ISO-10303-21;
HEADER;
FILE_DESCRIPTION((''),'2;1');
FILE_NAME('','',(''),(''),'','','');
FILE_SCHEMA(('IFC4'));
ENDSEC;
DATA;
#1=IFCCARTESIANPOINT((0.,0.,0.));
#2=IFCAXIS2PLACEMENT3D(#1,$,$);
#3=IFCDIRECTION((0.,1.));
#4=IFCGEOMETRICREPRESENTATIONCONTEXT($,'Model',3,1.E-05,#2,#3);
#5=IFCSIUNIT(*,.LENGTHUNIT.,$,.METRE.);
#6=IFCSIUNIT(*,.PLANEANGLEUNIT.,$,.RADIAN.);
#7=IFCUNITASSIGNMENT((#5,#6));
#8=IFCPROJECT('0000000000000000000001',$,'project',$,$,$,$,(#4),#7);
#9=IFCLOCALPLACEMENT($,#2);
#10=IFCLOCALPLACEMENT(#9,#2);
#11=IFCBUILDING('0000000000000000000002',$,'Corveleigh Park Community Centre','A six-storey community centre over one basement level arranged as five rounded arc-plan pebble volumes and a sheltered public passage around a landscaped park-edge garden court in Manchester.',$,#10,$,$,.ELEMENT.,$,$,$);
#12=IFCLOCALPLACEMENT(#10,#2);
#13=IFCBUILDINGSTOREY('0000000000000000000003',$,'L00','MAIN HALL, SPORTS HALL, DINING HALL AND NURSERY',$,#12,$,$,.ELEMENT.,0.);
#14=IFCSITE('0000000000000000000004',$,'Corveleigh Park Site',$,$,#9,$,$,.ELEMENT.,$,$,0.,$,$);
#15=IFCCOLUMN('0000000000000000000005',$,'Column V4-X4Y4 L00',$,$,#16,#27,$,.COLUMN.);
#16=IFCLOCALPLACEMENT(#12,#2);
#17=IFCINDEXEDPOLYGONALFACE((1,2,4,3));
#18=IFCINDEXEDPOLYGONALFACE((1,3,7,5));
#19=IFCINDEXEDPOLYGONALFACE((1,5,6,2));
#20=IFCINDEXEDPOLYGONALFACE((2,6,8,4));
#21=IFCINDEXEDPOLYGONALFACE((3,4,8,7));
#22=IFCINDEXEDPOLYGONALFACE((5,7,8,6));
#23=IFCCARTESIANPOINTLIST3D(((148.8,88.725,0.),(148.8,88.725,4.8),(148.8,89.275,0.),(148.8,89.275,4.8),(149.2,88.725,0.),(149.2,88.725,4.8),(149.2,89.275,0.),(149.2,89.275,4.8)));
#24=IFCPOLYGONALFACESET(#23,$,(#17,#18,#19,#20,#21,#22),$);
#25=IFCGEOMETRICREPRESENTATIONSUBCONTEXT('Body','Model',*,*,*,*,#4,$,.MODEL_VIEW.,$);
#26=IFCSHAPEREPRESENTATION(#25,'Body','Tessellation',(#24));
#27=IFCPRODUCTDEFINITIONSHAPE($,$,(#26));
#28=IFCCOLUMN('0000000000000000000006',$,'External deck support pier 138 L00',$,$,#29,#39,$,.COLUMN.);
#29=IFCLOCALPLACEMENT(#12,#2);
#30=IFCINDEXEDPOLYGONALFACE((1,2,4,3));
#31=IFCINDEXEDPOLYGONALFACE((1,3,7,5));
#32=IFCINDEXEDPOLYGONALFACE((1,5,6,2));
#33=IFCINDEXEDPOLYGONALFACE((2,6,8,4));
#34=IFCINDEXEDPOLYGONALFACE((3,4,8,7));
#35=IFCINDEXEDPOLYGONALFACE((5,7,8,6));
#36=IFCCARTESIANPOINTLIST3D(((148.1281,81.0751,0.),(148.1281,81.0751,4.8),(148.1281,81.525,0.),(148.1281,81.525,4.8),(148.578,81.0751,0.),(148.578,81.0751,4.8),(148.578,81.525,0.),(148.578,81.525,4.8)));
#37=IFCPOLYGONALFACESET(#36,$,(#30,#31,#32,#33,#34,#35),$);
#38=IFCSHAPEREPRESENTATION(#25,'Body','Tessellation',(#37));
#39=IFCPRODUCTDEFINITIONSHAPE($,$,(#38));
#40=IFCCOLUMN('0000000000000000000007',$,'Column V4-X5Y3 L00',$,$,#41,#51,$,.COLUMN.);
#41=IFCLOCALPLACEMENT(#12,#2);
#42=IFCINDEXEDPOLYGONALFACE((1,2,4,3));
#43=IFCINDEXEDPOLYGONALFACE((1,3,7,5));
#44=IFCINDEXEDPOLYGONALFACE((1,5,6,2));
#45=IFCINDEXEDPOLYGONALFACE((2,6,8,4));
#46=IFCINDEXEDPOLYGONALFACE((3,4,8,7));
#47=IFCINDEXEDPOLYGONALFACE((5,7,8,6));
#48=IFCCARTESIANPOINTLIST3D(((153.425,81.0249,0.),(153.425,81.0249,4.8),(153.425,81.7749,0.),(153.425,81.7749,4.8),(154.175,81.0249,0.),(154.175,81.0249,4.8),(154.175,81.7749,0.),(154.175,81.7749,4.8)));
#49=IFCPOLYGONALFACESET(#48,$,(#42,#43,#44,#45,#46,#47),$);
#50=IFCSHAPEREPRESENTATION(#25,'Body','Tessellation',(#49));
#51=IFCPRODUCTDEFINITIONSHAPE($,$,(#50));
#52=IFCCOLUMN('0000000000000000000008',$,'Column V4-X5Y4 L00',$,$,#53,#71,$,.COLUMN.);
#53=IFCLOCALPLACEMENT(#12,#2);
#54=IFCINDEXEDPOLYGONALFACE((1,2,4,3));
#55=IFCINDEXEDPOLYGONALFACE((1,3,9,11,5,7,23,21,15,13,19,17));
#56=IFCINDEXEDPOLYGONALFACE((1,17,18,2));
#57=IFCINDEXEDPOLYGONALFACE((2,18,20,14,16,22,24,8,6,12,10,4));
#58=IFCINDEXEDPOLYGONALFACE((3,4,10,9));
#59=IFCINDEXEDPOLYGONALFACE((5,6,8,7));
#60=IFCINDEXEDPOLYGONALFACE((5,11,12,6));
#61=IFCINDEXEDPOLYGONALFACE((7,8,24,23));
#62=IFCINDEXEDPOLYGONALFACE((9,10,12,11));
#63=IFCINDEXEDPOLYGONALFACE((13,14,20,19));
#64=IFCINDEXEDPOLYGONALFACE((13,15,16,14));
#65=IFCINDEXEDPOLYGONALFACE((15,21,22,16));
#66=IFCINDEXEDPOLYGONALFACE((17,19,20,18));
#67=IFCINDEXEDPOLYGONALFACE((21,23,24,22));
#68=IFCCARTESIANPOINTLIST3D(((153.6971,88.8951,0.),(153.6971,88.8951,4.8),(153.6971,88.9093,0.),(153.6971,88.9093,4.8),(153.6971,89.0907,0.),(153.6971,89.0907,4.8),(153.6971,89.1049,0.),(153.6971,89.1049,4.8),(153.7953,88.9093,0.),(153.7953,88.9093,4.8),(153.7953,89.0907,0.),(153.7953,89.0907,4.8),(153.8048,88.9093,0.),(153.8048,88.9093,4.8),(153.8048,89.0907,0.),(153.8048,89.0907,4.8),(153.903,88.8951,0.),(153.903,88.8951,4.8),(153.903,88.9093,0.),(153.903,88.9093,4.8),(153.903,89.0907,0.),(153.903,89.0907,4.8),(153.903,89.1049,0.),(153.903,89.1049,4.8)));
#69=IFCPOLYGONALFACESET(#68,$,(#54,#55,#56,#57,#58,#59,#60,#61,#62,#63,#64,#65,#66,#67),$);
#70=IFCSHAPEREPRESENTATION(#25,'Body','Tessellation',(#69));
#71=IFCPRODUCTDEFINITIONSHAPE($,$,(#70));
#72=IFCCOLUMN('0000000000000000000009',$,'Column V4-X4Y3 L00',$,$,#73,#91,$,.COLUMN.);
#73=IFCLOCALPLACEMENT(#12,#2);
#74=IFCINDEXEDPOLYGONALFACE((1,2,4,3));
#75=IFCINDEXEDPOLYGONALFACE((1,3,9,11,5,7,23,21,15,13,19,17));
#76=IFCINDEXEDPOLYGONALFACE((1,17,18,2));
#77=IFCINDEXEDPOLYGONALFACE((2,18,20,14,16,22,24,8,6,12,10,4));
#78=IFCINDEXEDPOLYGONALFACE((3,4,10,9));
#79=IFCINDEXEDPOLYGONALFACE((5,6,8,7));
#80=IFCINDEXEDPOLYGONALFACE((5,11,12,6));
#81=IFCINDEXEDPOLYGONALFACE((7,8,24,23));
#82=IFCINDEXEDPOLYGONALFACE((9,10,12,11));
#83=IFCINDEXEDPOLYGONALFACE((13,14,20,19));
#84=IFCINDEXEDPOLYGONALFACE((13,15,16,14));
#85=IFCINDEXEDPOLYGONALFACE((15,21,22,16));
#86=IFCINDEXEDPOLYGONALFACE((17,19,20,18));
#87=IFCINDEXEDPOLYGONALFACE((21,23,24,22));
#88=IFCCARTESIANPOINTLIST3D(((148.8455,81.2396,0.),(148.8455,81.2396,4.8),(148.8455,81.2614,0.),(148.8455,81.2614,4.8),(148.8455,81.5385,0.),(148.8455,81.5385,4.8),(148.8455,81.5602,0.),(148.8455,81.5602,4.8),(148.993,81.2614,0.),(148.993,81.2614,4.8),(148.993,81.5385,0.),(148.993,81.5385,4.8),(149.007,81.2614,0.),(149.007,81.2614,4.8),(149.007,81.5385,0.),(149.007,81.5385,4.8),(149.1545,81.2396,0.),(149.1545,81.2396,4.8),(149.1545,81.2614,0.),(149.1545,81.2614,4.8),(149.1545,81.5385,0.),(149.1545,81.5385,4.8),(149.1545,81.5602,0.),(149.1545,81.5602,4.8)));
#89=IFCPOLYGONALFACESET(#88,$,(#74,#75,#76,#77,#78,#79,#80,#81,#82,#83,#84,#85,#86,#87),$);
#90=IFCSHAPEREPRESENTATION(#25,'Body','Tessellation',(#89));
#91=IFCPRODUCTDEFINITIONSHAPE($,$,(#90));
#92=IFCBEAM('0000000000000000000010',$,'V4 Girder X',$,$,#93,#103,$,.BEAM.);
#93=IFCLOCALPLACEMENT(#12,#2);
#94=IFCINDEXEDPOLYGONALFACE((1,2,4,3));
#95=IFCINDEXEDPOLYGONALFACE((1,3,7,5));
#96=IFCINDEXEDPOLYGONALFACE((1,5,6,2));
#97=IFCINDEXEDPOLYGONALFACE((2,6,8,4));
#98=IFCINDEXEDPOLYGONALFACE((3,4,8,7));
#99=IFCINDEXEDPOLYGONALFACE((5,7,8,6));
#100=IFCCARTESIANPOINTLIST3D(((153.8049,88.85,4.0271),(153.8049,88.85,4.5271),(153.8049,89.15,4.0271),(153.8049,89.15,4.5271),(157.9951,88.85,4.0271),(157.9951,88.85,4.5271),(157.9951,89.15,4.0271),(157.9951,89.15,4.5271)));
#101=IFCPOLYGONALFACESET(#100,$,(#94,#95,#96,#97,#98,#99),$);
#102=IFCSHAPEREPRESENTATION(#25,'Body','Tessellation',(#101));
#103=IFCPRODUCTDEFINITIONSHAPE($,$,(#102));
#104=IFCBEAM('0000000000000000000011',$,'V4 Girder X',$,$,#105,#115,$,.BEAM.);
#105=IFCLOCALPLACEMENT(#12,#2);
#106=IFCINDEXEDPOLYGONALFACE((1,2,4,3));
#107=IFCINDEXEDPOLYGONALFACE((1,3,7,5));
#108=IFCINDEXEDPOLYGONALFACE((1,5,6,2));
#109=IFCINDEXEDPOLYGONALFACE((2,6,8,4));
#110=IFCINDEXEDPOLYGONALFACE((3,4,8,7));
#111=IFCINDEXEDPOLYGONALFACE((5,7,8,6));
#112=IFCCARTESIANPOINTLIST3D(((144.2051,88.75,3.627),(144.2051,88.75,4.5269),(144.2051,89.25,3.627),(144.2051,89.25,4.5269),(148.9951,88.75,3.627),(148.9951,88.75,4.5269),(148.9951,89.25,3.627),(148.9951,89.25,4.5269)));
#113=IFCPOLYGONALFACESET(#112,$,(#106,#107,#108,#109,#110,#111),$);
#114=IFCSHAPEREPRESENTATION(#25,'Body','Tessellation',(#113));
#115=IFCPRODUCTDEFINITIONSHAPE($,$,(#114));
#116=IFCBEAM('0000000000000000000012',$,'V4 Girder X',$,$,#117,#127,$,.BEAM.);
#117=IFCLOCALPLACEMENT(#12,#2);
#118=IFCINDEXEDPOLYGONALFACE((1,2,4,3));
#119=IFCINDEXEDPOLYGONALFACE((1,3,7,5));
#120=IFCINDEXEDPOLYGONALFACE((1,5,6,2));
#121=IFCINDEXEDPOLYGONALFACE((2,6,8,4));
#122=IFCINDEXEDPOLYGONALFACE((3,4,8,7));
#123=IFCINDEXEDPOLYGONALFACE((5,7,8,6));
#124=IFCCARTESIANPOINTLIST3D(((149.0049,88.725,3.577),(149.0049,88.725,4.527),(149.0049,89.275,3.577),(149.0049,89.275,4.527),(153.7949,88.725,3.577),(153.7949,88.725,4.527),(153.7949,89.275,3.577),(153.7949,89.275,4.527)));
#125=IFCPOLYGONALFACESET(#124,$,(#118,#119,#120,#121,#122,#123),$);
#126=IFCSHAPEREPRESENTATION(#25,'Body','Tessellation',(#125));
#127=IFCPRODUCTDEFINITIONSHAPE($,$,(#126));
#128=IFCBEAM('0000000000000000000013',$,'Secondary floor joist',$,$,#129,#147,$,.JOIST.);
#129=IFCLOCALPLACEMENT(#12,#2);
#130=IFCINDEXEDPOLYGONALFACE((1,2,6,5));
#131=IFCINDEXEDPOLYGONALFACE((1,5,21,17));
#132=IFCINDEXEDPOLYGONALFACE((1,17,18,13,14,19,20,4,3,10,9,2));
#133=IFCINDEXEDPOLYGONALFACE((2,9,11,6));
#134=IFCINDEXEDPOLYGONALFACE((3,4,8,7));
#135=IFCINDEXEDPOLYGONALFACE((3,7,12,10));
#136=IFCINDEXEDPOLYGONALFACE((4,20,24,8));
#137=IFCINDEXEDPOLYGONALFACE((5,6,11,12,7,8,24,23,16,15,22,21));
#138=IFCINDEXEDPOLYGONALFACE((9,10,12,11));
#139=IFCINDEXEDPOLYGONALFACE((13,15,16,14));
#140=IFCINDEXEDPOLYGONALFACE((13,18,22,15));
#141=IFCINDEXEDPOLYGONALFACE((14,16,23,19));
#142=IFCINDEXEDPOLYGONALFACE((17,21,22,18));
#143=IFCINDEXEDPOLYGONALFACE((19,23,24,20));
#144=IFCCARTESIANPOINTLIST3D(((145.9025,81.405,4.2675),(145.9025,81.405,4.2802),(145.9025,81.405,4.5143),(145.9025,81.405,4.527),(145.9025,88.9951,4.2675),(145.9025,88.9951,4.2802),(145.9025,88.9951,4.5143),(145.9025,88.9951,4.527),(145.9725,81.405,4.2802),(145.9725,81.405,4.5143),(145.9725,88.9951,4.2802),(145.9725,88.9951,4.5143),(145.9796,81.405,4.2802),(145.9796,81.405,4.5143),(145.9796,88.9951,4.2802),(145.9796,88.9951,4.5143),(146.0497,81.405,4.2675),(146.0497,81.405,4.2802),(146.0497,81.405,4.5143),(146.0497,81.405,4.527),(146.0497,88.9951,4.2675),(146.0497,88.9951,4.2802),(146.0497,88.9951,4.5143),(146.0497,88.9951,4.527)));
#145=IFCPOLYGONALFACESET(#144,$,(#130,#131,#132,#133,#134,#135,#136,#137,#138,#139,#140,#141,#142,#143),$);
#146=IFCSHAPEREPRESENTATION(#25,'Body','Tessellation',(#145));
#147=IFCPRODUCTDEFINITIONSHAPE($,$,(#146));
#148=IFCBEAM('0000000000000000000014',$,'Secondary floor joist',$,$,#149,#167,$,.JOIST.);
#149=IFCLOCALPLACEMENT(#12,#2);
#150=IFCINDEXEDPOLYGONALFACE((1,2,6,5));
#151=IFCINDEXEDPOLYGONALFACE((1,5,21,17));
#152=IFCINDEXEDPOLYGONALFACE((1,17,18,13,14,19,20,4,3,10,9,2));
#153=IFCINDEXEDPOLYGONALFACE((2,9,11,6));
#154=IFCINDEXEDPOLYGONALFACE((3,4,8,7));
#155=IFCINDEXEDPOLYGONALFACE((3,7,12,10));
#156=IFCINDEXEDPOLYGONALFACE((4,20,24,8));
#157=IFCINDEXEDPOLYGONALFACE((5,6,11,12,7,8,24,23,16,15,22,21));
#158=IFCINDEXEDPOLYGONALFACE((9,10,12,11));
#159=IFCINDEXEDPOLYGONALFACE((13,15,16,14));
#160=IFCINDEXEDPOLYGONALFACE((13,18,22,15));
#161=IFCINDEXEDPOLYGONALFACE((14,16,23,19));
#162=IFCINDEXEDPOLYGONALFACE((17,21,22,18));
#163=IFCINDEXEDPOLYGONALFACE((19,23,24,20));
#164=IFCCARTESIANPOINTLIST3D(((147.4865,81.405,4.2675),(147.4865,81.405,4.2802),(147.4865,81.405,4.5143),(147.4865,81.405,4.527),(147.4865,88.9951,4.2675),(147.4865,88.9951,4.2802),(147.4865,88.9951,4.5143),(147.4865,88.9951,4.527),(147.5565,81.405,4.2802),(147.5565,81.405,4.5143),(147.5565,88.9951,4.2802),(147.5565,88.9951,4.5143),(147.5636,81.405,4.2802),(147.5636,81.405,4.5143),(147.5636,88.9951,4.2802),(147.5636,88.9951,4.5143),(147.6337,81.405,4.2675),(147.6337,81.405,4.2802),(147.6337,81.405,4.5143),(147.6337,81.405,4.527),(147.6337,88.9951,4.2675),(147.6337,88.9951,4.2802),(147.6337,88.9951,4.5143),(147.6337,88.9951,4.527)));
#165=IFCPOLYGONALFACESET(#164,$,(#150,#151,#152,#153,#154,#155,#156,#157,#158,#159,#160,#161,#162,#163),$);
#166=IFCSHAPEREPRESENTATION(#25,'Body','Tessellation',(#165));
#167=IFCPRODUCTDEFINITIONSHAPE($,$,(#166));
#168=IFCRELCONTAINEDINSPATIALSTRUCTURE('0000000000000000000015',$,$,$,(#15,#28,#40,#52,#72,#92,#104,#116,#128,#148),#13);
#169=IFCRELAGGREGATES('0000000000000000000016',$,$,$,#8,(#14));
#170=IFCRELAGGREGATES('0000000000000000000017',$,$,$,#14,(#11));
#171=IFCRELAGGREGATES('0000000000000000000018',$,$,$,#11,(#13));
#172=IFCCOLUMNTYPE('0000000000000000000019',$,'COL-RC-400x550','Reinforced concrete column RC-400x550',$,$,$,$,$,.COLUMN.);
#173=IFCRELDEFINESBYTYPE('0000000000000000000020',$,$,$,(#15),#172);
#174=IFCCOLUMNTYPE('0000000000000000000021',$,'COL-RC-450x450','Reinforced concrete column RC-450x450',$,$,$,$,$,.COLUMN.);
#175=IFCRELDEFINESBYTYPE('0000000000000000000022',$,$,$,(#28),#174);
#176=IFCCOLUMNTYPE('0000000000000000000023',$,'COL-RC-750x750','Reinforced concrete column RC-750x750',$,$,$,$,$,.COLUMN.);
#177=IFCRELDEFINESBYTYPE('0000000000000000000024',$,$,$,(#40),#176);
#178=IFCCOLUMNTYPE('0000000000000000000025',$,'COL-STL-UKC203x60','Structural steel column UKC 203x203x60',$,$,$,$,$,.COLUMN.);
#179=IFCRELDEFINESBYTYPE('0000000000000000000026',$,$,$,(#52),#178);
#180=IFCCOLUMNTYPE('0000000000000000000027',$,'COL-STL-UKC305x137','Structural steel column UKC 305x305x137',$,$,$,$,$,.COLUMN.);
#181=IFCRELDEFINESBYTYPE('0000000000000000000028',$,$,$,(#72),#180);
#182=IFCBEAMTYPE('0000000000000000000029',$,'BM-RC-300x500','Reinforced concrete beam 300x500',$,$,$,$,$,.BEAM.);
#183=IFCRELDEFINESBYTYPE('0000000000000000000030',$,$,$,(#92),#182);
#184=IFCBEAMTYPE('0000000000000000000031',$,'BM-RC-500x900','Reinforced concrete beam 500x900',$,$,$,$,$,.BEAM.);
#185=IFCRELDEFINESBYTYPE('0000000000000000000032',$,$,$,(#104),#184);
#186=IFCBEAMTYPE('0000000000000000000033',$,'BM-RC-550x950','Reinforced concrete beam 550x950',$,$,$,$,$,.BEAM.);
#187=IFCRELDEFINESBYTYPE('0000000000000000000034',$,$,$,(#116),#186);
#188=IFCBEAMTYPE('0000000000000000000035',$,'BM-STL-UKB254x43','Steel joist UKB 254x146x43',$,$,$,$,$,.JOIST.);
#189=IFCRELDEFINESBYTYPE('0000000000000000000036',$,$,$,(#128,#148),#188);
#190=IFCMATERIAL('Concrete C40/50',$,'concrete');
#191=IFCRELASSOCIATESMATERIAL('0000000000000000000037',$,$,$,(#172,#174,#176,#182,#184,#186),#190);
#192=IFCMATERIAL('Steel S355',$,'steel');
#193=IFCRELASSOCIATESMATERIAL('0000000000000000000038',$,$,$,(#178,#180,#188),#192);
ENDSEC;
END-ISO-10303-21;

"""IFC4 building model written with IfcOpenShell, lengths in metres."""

from ifc_helpers import new_model, si_unit, direction, frame, origin, origin_2d, place, context, subcontext, project, spatial, rectangle, i_section, extrude, material, material_profile, profile_set, type_object, element, save


model = new_model("IFC4")

# Units and contexts
model_context = context("Model", 3, precision=1e-05, world=origin(), true_north=direction((0.0, 1.0)))
body_context = subcontext(model_context, "Body", "Model", "MODEL_VIEW")
ifc_project = project(units=[si_unit("LENGTHUNIT", "METRE"), si_unit("PLANEANGLEUNIT", "RADIAN")], contexts=[model_context])

# Site, building, storey
site_placement = place(None, origin())
site = spatial("IfcSite", under=ifc_project, at=site_placement, Name="Corveleigh Park Site", CompositionType="ELEMENT", RefElevation=0.0)
building_placement = place(site_placement, origin())
building = spatial("IfcBuilding", under=site, at=building_placement, Name="Corveleigh Park Community Centre", Description="A six-storey community centre over one basement level arranged as five rounded arc-plan pebble volumes and a sheltered public passage around a landscaped park-edge garden court in Manchester.", CompositionType="ELEMENT")
storey_placement = place(building_placement, origin())
storey = spatial("IfcBuildingStorey", under=building, at=storey_placement, Name="L00", Description="MAIN HALL, SPORTS HALL, DINING HALL AND NURSERY", CompositionType="ELEMENT", Elevation=0.0)

# Columns
ifc_material_1 = material(Name="Concrete C40/50", Category="concrete")
ifc_material_profile_1 = material_profile(ifc_material_1, rectangle(XDim=0.3999, YDim=0.55, at=origin_2d()), Name="RC-400x550", Category="concrete")
ifc_profile_set_1 = profile_set([ifc_material_profile_1], Name="Concrete C40/50")
column_type_1 = type_object("IfcColumnType", Name="COL-RC-400x550", Description="Reinforced concrete column RC-400x550", PredefinedType="COLUMN", material=ifc_profile_set_1)
column_1_placement = place(storey_placement, frame((149.0, 89.0, 0.0), z_axis=(0.0, 0.0, 1.0), x_axis=(1.0, 0.0, 0.0)))
element("IfcColumn", 1, at=column_1_placement, inside=storey, type_object=column_type_1, Name="Column V4-X4Y4 L00", PredefinedType="COLUMN", context=body_context, shape_type="SweptSolid", body=[
    extrude(rectangle(XDim=0.3999, YDim=0.55, at=origin_2d()), origin(), (0.0, 0.0, 1.0), 4.8),
])
ifc_material_profile_2 = material_profile(ifc_material_1, rectangle(XDim=0.45, YDim=0.45, at=origin_2d()), Name="RC-450x450", Category="concrete")
ifc_profile_set_2 = profile_set([ifc_material_profile_2], Name="Concrete C40/50")
column_type_2 = type_object("IfcColumnType", Name="COL-RC-450x450", Description="Reinforced concrete column RC-450x450", PredefinedType="COLUMN", material=ifc_profile_set_2)
column_2_placement = place(storey_placement, frame((148.353, 81.3, 0.0), z_axis=(0.0, 0.0, 1.0), x_axis=(1.0, 0.0, 0.0)))
element("IfcColumn", 2, at=column_2_placement, inside=storey, type_object=column_type_2, Name="External deck support pier 138 L00", PredefinedType="COLUMN", context=body_context, shape_type="SweptSolid", body=[
    extrude(rectangle(XDim=0.45, YDim=0.45, at=origin_2d()), origin(), (0.0, 0.0, 1.0), 4.8),
])
ifc_material_profile_3 = material_profile(ifc_material_1, rectangle(XDim=0.75, YDim=0.75, at=origin_2d()), Name="RC-750x750", Category="concrete")
ifc_profile_set_3 = profile_set([ifc_material_profile_3], Name="Concrete C40/50")
column_type_3 = type_object("IfcColumnType", Name="COL-RC-750x750", Description="Reinforced concrete column RC-750x750", PredefinedType="COLUMN", material=ifc_profile_set_3)
column_3_placement = place(storey_placement, frame((153.8, 81.3999, 0.0), z_axis=(0.0, 0.0, 1.0), x_axis=(1.0, 0.0, 0.0)))
element("IfcColumn", 3, at=column_3_placement, inside=storey, type_object=column_type_3, Name="Column V4-X5Y3 L00", PredefinedType="COLUMN", context=body_context, shape_type="SweptSolid", body=[
    extrude(rectangle(XDim=0.75, YDim=0.75, at=origin_2d()), origin(), (0.0, 0.0, 1.0), 4.8),
])
ifc_material_2 = material(Name="Steel S355", Category="steel")
ifc_material_profile_4 = material_profile(ifc_material_2, i_section(OverallWidth=0.2058, OverallDepth=0.2097, WebThickness=0.0095, FlangeThickness=0.0142, at=origin_2d()), Name="UKC 203x203x60", Category="steel")
ifc_profile_set_4 = profile_set([ifc_material_profile_4], Name="Steel S355")
column_type_4 = type_object("IfcColumnType", Name="COL-STL-UKC203x60", Description="Structural steel column UKC 203x203x60", PredefinedType="COLUMN", material=ifc_profile_set_4)
column_4_placement = place(storey_placement, frame((153.8, 89.0, 0.0), z_axis=(0.0, 0.0, 1.0), x_axis=(1.0, 0.0, 0.0)))
element("IfcColumn", 4, at=column_4_placement, inside=storey, type_object=column_type_4, Name="Column V4-X5Y4 L00", PredefinedType="COLUMN", context=body_context, shape_type="SweptSolid", body=[
    extrude(i_section(OverallWidth=0.2058, OverallDepth=0.2097, WebThickness=0.0095, FlangeThickness=0.0142, at=origin_2d()), origin(), (0.0, 0.0, 1.0), 4.8),
])
ifc_material_profile_5 = material_profile(ifc_material_2, i_section(OverallWidth=0.3091, OverallDepth=0.3206, WebThickness=0.0139, FlangeThickness=0.0217, at=origin_2d()), Name="UKC 305x305x137", Category="steel")
ifc_profile_set_5 = profile_set([ifc_material_profile_5], Name="Steel S355")
column_type_5 = type_object("IfcColumnType", Name="COL-STL-UKC305x137", Description="Structural steel column UKC 305x305x137", PredefinedType="COLUMN", material=ifc_profile_set_5)
column_5_placement = place(storey_placement, frame((149.0, 81.3999, 0.0), z_axis=(0.0, 0.0, 1.0), x_axis=(1.0, 0.0, 0.0)))
element("IfcColumn", 5, at=column_5_placement, inside=storey, type_object=column_type_5, Name="Column V4-X4Y3 L00", PredefinedType="COLUMN", context=body_context, shape_type="SweptSolid", body=[
    extrude(i_section(OverallWidth=0.3091, OverallDepth=0.3206, WebThickness=0.0139, FlangeThickness=0.0217, at=origin_2d()), origin(), (0.0, 0.0, 1.0), 4.8),
])

# Beams
ifc_material_profile_6 = material_profile(ifc_material_1, rectangle(XDim=0.3, YDim=0.5, at=origin_2d()), Name="RC-300x500", Category="concrete")
ifc_profile_set_6 = profile_set([ifc_material_profile_6], Name="Concrete C40/50")
beam_type_1 = type_object("IfcBeamType", Name="BM-RC-300x500", Description="Reinforced concrete beam 300x500", PredefinedType="BEAM", material=ifc_profile_set_6)
beam_1_placement = place(storey_placement, frame((153.8049, 89.0, 4.2771), z_axis=(1.0, 0.0, 0.0), x_axis=(0.0, 1.0, 0.0)))
element("IfcBeam", 6, at=beam_1_placement, inside=storey, type_object=beam_type_1, Name="V4 Girder X", PredefinedType="BEAM", context=body_context, shape_type="SweptSolid", body=[
    extrude(rectangle(XDim=0.3, YDim=0.5, at=origin_2d()), origin(), (0.0, 0.0, 1.0), 4.1902),
])
ifc_material_profile_7 = material_profile(ifc_material_1, rectangle(XDim=0.5, YDim=0.8999, at=origin_2d()), Name="RC-500x900", Category="concrete")
ifc_profile_set_7 = profile_set([ifc_material_profile_7], Name="Concrete C40/50")
beam_type_2 = type_object("IfcBeamType", Name="BM-RC-500x900", Description="Reinforced concrete beam 500x900", PredefinedType="BEAM", material=ifc_profile_set_7)
beam_2_placement = place(storey_placement, frame((144.2051, 89.0, 4.0769), z_axis=(1.0, 0.0, 0.0), x_axis=(0.0, 1.0, 0.0)))
element("IfcBeam", 7, at=beam_2_placement, inside=storey, type_object=beam_type_2, Name="V4 Girder X", PredefinedType="BEAM", context=body_context, shape_type="SweptSolid", body=[
    extrude(rectangle(XDim=0.5, YDim=0.8999, at=origin_2d()), origin(), (0.0, 0.0, 1.0), 4.79),
])
ifc_material_profile_8 = material_profile(ifc_material_1, rectangle(XDim=0.55, YDim=0.95, at=origin_2d()), Name="RC-550x950", Category="concrete")
ifc_profile_set_8 = profile_set([ifc_material_profile_8], Name="Concrete C40/50")
beam_type_3 = type_object("IfcBeamType", Name="BM-RC-550x950", Description="Reinforced concrete beam 550x950", PredefinedType="BEAM", material=ifc_profile_set_8)
beam_3_placement = place(storey_placement, frame((149.0049, 89.0, 4.052), z_axis=(1.0, 0.0, 0.0), x_axis=(0.0, 1.0, 0.0)))
element("IfcBeam", 8, at=beam_3_placement, inside=storey, type_object=beam_type_3, Name="V4 Girder X", PredefinedType="BEAM", context=body_context, shape_type="SweptSolid", body=[
    extrude(rectangle(XDim=0.55, YDim=0.95, at=origin_2d()), origin(), (0.0, 0.0, 1.0), 4.79),
])
ifc_material_profile_9 = material_profile(ifc_material_2, i_section(OverallWidth=0.1472, OverallDepth=0.2595, WebThickness=0.0071, FlangeThickness=0.0127, at=origin_2d()), Name="UKB 254x146x43", Category="steel")
ifc_profile_set_9 = profile_set([ifc_material_profile_9], Name="Steel S355")
beam_type_4 = type_object("IfcBeamType", Name="BM-STL-UKB254x43", Description="Steel joist UKB 254x146x43", PredefinedType="JOIST", material=ifc_profile_set_9)
for number, where, z_axis, x_axis, name in (
    (9, (145.9761, 81.405, 4.3972), (0.0, 1.0, 0.0), (-1.0, 0.0, 0.0), "Secondary floor joist"),
    (10, (147.5601, 81.405, 4.3972), (0.0, 1.0, 0.0), (-1.0, 0.0, 0.0), "Secondary floor joist"),
):
    element("IfcBeam", number, at=place(storey_placement, frame(where, z_axis=z_axis, x_axis=x_axis)), inside=storey, type_object=beam_type_4, Name=name, PredefinedType="JOIST", context=body_context, shape_type="SweptSolid", body=[
        extrude(i_section(OverallWidth=0.1472, OverallDepth=0.2595, WebThickness=0.0071, FlangeThickness=0.0127, at=origin_2d()), origin(), (0.0, 0.0, 1.0), 7.5901),
    ])

save(model, "model.ifc")
